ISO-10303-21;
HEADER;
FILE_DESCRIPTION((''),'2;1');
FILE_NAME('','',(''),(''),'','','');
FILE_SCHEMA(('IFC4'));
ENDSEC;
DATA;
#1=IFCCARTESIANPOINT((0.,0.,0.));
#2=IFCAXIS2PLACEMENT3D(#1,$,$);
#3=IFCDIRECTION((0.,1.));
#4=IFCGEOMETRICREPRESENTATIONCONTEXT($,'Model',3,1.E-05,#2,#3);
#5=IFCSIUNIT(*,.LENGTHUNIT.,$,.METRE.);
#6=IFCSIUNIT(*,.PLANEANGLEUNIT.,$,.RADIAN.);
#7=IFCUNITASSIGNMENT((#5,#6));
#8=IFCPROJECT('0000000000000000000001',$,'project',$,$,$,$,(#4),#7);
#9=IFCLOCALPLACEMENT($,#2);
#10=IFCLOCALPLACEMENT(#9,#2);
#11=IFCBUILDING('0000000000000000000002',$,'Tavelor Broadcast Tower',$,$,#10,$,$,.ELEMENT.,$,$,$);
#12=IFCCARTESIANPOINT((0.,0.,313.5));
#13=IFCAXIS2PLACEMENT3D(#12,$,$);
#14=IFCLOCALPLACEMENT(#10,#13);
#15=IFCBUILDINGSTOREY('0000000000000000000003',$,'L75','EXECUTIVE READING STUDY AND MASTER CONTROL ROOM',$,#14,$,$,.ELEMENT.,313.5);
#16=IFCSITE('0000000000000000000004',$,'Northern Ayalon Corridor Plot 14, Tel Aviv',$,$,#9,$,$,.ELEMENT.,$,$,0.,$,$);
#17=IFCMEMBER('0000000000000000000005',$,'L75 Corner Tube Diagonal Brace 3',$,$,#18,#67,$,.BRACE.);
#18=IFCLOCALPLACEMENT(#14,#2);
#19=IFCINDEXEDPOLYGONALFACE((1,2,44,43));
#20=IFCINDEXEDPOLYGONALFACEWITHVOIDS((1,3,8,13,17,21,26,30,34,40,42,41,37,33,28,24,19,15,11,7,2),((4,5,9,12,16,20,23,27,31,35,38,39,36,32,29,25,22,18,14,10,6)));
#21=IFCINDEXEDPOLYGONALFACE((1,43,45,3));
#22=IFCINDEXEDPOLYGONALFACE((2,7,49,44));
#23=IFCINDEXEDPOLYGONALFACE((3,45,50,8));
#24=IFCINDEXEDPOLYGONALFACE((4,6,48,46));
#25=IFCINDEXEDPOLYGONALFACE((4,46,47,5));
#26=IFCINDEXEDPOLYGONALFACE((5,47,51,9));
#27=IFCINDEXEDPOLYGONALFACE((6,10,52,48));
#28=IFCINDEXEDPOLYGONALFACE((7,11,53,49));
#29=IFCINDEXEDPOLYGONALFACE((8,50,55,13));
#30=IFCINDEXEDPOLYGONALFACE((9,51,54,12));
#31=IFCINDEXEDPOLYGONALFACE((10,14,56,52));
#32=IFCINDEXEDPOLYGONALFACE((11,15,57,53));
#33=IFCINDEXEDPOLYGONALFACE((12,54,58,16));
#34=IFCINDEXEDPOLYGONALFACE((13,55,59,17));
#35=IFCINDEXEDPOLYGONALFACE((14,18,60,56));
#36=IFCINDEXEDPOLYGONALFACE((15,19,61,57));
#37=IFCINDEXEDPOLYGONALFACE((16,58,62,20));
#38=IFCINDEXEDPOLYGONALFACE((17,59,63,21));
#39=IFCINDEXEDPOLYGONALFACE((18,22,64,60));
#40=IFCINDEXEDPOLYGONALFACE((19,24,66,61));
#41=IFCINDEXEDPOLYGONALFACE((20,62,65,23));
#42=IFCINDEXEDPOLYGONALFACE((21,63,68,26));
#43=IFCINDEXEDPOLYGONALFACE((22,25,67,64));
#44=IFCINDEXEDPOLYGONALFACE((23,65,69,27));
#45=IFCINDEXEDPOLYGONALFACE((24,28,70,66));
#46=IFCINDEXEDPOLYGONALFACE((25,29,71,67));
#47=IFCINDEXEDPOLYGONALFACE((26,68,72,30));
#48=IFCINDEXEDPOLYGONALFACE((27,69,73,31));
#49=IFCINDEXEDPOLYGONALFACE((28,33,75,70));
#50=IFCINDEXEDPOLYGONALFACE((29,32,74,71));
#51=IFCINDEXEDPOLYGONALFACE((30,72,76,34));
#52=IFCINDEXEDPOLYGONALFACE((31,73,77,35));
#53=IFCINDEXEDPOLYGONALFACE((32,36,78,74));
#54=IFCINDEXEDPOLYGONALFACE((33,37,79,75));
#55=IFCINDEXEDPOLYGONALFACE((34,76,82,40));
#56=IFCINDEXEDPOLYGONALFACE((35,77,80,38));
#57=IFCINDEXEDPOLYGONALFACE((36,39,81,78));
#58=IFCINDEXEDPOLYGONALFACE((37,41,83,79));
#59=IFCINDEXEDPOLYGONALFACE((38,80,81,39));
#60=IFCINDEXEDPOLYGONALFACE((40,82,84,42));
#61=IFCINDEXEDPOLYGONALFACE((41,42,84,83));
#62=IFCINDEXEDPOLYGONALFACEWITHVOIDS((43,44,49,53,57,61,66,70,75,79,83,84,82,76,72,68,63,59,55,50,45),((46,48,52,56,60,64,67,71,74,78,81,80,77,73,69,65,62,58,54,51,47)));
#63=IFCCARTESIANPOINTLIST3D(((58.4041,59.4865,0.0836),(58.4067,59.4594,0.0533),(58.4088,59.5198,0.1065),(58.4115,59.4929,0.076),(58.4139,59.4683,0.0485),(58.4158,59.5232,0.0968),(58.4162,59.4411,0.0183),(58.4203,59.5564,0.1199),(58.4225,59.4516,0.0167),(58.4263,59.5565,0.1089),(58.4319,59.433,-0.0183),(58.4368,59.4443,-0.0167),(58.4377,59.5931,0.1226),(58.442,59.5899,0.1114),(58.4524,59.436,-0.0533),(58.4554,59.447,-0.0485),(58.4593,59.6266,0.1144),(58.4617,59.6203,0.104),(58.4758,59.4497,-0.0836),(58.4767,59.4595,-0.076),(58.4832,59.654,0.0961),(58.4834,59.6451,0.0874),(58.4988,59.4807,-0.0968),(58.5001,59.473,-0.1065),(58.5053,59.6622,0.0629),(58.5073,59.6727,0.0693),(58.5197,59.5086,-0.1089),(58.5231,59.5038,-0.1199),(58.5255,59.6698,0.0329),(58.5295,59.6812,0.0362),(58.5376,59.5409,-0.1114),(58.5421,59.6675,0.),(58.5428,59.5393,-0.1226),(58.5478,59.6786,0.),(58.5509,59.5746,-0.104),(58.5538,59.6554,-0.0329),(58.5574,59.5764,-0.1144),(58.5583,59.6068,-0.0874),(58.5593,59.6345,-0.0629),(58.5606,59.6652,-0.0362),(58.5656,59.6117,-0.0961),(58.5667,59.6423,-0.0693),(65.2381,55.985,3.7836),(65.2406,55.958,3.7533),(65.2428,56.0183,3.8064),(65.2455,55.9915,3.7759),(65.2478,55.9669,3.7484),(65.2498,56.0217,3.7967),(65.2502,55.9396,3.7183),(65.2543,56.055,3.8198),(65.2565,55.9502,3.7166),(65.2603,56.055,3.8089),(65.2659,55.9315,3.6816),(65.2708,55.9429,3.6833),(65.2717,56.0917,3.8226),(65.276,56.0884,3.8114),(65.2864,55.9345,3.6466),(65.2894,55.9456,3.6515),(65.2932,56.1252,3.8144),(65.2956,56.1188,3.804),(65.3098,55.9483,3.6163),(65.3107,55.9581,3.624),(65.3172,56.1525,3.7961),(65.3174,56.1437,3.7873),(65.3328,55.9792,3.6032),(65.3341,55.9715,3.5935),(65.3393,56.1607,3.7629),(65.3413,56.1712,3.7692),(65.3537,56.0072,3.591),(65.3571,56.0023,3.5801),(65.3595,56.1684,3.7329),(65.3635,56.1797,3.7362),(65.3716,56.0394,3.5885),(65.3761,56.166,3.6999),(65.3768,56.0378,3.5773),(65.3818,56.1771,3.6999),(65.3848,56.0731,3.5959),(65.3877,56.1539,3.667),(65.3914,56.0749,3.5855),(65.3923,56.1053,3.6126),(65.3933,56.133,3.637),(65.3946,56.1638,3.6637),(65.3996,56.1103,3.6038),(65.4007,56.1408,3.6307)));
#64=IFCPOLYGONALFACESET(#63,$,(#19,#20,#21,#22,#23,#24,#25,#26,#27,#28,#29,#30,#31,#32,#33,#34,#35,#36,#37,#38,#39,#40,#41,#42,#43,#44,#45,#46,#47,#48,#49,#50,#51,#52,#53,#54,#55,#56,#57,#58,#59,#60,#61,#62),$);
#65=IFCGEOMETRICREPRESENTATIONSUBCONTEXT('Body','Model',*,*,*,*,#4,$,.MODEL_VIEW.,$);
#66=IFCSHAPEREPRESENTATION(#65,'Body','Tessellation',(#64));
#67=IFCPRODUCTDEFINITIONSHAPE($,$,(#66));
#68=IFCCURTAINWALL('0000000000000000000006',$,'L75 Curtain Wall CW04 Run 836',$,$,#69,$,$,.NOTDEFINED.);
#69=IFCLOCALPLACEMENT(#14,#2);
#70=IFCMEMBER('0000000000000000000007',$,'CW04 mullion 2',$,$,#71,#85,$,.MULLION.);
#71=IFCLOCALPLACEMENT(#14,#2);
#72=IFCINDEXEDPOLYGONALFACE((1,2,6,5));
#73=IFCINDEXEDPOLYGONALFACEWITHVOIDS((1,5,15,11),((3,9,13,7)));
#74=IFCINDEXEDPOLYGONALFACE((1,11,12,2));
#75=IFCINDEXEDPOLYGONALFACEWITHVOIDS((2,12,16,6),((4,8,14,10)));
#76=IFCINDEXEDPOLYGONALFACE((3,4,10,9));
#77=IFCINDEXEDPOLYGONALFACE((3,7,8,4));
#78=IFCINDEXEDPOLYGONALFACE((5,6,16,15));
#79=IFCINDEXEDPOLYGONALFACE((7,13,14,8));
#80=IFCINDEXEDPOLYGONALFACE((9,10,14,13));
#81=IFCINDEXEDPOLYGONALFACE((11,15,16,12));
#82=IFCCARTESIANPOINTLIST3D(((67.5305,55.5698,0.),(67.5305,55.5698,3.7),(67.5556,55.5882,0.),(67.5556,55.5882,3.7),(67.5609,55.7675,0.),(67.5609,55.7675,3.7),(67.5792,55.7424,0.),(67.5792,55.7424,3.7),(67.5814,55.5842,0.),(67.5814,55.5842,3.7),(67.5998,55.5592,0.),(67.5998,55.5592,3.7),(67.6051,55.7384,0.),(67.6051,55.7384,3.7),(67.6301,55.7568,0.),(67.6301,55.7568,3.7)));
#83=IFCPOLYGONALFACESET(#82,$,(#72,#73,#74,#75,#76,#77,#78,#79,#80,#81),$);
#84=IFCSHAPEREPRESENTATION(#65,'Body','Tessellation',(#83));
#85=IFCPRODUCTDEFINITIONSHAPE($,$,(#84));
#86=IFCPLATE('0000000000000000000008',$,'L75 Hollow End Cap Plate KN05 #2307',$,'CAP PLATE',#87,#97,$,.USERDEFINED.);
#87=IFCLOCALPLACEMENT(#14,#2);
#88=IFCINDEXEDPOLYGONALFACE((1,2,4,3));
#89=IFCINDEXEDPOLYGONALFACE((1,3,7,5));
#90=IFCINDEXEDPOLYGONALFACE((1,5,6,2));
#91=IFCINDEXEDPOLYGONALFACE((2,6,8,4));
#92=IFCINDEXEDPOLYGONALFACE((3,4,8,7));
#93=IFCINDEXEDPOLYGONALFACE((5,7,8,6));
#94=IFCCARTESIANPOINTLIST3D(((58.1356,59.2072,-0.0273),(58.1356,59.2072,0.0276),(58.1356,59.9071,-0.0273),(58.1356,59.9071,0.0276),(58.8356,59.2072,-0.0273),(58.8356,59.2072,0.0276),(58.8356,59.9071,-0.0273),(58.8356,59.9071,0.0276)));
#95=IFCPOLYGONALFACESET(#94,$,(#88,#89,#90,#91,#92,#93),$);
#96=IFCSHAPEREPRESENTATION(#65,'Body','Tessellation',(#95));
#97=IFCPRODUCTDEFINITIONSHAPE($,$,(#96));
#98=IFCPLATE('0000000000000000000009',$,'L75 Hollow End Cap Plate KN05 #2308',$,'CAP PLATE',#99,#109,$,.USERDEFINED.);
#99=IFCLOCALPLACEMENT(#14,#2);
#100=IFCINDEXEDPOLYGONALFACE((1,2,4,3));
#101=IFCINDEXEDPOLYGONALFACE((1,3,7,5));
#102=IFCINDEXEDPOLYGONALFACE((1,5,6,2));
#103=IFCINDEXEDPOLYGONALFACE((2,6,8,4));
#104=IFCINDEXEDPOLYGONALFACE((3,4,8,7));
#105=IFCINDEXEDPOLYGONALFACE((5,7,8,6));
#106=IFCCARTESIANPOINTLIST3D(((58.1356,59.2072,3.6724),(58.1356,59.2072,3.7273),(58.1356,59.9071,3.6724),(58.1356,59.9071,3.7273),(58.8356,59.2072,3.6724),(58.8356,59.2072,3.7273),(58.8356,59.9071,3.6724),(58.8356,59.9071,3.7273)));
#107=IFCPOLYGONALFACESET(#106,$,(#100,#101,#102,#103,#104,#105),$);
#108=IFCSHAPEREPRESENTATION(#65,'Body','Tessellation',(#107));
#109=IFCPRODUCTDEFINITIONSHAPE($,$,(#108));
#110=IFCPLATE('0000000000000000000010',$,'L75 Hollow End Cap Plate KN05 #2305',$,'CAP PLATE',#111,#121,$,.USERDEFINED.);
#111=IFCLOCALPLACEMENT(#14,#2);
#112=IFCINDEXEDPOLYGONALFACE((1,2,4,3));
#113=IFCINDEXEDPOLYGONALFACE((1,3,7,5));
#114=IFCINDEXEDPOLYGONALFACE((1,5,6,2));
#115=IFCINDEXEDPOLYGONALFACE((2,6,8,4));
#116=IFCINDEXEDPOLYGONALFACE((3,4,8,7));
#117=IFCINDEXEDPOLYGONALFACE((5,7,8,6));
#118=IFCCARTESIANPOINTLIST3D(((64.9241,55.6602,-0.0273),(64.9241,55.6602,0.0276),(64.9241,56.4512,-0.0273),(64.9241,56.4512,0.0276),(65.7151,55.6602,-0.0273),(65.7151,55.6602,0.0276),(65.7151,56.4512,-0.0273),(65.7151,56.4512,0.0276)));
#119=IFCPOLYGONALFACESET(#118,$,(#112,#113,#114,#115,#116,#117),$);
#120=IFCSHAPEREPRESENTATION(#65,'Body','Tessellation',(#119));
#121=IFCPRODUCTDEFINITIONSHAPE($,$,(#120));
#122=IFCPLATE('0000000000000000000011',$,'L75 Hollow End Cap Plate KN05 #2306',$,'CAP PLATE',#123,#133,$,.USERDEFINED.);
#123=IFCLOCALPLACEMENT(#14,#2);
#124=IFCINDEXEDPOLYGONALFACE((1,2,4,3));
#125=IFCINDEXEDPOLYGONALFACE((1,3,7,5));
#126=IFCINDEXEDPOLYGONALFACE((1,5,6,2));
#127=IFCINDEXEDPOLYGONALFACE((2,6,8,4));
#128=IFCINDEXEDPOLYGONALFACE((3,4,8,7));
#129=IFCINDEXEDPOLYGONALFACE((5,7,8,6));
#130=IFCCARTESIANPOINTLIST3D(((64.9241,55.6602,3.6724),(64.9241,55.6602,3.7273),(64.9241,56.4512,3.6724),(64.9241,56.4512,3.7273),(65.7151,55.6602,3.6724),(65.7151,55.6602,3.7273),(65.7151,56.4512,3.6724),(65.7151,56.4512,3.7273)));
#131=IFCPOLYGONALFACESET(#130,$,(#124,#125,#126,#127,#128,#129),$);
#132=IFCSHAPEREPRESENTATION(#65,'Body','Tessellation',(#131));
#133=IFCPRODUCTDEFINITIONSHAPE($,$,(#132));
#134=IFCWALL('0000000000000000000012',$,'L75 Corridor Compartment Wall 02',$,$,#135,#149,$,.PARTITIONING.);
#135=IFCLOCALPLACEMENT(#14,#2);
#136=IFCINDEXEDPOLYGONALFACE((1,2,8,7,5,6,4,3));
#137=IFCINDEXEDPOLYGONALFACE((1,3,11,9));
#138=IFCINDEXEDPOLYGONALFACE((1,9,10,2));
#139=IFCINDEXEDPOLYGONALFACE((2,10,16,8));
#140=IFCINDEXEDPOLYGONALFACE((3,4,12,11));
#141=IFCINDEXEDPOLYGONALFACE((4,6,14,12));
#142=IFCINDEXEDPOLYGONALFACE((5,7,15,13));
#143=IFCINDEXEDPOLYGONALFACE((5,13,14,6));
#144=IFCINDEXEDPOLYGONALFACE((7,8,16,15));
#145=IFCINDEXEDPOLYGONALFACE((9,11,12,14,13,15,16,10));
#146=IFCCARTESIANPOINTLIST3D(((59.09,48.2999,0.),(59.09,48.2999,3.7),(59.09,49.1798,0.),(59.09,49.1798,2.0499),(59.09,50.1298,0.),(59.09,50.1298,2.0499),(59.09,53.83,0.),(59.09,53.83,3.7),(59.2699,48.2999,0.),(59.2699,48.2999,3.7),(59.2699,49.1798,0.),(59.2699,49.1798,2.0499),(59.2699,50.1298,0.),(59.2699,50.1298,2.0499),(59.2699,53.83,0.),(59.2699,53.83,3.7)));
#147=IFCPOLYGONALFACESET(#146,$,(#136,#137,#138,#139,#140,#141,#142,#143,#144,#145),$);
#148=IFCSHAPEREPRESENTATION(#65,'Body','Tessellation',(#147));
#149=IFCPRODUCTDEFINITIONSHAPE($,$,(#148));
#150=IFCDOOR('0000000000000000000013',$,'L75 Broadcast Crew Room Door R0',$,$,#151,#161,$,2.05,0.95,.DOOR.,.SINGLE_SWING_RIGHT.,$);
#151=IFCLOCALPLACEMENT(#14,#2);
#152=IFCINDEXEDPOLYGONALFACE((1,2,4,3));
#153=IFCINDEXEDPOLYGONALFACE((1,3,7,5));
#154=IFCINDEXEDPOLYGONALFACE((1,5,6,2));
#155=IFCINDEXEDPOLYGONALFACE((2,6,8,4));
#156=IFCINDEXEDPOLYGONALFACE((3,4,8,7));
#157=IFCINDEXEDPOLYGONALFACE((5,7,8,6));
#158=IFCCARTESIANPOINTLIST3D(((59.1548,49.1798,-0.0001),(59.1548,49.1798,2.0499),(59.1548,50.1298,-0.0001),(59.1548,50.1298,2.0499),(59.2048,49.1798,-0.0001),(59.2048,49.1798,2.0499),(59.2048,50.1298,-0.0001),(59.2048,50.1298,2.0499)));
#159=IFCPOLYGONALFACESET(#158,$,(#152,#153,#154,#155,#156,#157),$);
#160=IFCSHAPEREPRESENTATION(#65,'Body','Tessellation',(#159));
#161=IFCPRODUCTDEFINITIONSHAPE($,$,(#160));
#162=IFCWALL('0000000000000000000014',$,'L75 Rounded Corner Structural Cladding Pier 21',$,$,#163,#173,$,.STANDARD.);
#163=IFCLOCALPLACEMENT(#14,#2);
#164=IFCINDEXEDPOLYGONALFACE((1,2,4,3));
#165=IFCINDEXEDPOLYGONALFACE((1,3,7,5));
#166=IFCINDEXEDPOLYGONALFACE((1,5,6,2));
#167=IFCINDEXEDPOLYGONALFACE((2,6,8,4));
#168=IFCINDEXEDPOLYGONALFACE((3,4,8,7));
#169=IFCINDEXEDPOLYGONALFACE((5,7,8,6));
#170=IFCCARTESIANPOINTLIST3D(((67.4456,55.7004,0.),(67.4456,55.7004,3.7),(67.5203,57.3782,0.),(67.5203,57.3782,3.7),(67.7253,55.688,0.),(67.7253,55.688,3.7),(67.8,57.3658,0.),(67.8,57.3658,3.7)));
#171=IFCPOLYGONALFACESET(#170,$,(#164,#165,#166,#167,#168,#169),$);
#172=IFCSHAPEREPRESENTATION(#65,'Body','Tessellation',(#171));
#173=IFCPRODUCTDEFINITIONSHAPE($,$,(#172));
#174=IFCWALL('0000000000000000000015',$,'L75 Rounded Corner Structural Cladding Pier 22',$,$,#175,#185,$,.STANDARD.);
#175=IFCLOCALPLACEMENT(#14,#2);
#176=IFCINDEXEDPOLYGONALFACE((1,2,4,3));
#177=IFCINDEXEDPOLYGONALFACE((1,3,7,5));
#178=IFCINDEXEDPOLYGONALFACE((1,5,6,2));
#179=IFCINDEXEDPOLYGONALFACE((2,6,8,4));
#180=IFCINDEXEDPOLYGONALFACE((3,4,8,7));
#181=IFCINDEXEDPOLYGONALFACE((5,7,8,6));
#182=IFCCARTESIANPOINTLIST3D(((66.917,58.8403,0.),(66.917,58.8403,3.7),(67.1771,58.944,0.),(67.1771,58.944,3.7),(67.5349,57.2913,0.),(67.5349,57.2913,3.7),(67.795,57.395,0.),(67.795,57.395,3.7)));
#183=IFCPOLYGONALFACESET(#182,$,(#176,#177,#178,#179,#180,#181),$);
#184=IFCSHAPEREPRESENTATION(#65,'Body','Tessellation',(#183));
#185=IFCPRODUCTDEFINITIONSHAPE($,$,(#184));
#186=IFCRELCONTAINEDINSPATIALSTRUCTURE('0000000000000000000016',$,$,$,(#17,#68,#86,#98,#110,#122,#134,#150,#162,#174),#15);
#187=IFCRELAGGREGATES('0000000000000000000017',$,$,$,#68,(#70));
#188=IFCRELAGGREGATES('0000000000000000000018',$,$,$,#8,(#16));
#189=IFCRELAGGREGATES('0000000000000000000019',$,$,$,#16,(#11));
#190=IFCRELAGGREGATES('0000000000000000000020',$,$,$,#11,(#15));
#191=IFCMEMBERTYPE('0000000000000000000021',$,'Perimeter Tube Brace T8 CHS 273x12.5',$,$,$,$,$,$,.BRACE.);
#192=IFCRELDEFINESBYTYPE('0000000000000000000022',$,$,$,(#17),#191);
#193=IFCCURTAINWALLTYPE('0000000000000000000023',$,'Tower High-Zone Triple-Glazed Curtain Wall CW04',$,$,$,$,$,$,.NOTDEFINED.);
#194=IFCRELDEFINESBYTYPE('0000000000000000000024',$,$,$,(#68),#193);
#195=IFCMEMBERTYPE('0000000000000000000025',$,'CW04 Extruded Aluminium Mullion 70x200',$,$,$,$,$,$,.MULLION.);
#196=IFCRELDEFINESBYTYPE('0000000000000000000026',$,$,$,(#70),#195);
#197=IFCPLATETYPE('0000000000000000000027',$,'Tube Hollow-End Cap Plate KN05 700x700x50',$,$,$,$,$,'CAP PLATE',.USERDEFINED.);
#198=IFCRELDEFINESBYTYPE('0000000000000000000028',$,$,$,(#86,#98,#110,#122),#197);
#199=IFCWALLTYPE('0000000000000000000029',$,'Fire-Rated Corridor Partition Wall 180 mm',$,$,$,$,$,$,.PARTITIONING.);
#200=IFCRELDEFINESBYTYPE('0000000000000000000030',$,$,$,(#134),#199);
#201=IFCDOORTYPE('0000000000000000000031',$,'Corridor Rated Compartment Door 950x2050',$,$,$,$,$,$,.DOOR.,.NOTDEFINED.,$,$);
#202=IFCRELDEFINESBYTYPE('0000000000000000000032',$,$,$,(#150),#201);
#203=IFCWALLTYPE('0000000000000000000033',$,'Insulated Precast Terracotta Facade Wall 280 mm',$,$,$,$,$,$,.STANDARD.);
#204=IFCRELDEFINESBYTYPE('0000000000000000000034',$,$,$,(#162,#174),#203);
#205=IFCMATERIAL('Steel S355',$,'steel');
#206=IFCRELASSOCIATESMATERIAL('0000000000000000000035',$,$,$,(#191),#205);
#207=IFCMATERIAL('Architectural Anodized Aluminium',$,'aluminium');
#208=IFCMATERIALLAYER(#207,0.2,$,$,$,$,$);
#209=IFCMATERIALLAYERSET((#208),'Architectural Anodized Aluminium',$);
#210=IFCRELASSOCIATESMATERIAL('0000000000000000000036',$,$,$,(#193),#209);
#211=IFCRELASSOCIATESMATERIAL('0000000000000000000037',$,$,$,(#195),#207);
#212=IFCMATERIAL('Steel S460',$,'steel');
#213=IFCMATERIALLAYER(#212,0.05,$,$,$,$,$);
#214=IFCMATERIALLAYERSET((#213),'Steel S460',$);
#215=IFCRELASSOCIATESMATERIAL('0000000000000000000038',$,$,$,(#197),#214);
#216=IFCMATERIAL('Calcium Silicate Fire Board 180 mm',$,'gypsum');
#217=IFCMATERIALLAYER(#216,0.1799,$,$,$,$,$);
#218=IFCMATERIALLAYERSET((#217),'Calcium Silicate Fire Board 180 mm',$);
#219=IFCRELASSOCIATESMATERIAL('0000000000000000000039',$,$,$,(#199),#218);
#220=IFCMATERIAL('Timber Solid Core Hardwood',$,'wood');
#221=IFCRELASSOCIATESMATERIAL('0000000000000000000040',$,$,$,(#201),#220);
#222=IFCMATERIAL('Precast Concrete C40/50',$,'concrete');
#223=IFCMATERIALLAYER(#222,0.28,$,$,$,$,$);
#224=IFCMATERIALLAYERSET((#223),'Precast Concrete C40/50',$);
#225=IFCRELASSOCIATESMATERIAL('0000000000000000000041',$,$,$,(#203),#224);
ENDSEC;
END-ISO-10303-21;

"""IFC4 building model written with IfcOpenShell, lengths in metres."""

from ifc_helpers import new_model, si_unit, direction, frame, frame_2d, origin, origin_2d, place, context, subcontext, project, spatial, rectangle, hollow_rectangle, hollow_circle, extrude, source, transform, mapped, material, layer, layer_set, material_profile, profile_set, type_object, type_shapes, element, fill, aggregate, save


model = new_model("IFC4")

# Units and contexts
model_context = context("Model", 3, precision=1e-05, world=origin(), true_north=direction((0.0, 1.0)))
body_context = subcontext(model_context, "Body", "Model", "MODEL_VIEW")
ifc_project = project(units=[si_unit("LENGTHUNIT", "METRE"), si_unit("PLANEANGLEUNIT", "RADIAN")], contexts=[model_context])

# Site, building, storey
site_placement = place(None, origin())
site = spatial("IfcSite", under=ifc_project, at=site_placement, Name="Northern Ayalon Corridor Plot 14, Tel Aviv", CompositionType="ELEMENT", RefElevation=0.0)
building_placement = place(site_placement, origin())
building = spatial("IfcBuilding", under=site, at=building_placement, Name="Tavelor Broadcast Tower", CompositionType="ELEMENT")
storey_placement = place(building_placement, frame((0.0, 0.0, 313.5)))
storey = spatial("IfcBuildingStorey", under=building, at=storey_placement, Name="L75", Description="EXECUTIVE READING STUDY AND MASTER CONTROL ROOM", CompositionType="ELEMENT", Elevation=313.5)

# Shared definitions
ifc_material_1 = material(Name="Steel S460", Category="steel")

# Shared definitions
ifc_material_2 = material(Name="Steel S355", Category="steel")

# Member
ifc_material_profile_1 = material_profile(ifc_material_2, hollow_circle(Radius=0.1365, WallThickness=0.0125, at=origin_2d()), Name="CHS 273x12.5")
ifc_profile_set_1 = profile_set([ifc_material_profile_1], Name="Steel S355")
member_type_1 = type_object("IfcMemberType", Name="Perimeter Tube Brace T8 CHS 273x12.5", PredefinedType="BRACE", material=ifc_profile_set_1)
member_1_placement = place(storey_placement, frame((58.4856, 59.5571, 0.0), z_axis=(0.801764, -0.410792, 0.434079), x_axis=(0.455993, 0.889984, 0.0)))
element("IfcMember", 1, at=member_1_placement, inside=storey, type_object=member_type_1, Name="L75 Corner Tube Diagonal Brace 3", PredefinedType="BRACE", context=body_context, shape_type="SweptSolid", body=[
    extrude(hollow_circle(Radius=0.1365, WallThickness=0.0125, at=origin_2d()), origin(), (0.0, 0.0, 1.0), 8.5237),
])

# Curtain wall, member
ifc_material_3 = material(Name="Architectural Anodized Aluminium", Category="aluminium")
ifc_layer_1 = layer(ifc_material_3, 0.2)
ifc_layer_set_1 = layer_set([ifc_layer_1], Name="Architectural Anodized Aluminium")
curtain_wall_type = type_object("IfcCurtainWallType", Name="Tower High-Zone Triple-Glazed Curtain Wall CW04", PredefinedType="NOTDEFINED", material=ifc_layer_set_1)
curtain_wall_placement = place(storey_placement, origin())
curtain_wall = element("IfcCurtainWall", 2, at=curtain_wall_placement, inside=storey, type_object=curtain_wall_type, Name="L75 Curtain Wall CW04 Run 836", PredefinedType="NOTDEFINED")
ifc_material_profile_2 = material_profile(ifc_material_3, hollow_rectangle(XDim=0.0701, YDim=0.2, WallThickness=0.022, at=origin_2d()), Name="RHS 70x200x22")
ifc_profile_set_2 = profile_set([ifc_material_profile_2], Name="Architectural Anodized Aluminium")
member_type_2 = type_object("IfcMemberType", Name="CW04 Extruded Aluminium Mullion 70x200", PredefinedType="MULLION", material=ifc_profile_set_2)
shared_shape_1 = source(origin(), body_context, "Body", "SweptSolid", [
    extrude(hollow_rectangle(XDim=0.0701, YDim=0.2, WallThickness=0.022, at=origin_2d()), origin(), (0.0, 0.0, 1.0), 3.7),
])
type_shapes(member_type_2, [shared_shape_1])
member_2_placement = place(storey_placement, frame((67.5803, 55.6633, 0.0), z_axis=(0.0, 0.0, 1.0), x_axis=(-0.988431, 0.151674, 0.0)))
member_2 = element("IfcMember", 3, at=member_2_placement, type_object=member_type_2, Name="CW04 mullion 2", PredefinedType="MULLION", context=body_context, shape_type="MappedRepresentation", body=[
    mapped(shared_shape_1, transform((0.0, 0.0, 0.0), scale=1.0)),
])
aggregate(curtain_wall, [member_2])

# Plates
ifc_layer_2 = layer(ifc_material_1, 0.05)
ifc_layer_set_2 = layer_set([ifc_layer_2], Name="Steel S460")
plate_type = type_object("IfcPlateType", Name="Tube Hollow-End Cap Plate KN05 700x700x50", ElementType="CAP PLATE", PredefinedType="USERDEFINED", material=ifc_layer_set_2)
shared_shape_2 = source(origin(), body_context, "Body", "SweptSolid", [
    extrude(rectangle(XDim=0.7, YDim=0.7, at=origin_2d()), origin(), (0.0, 0.0, 1.0), 0.0549),
])
for number, where, z_axis, x_axis, name in (
    (4, (58.4856, 59.5571, -0.0273), (0.0, 0.0, 1.0), (1.0, 0.0, 0.0), "L75 Hollow End Cap Plate KN05 #2307"),
    (5, (58.4856, 59.5571, 3.6724), (0.0, 0.0, 1.0), (1.0, 0.0, 0.0), "L75 Hollow End Cap Plate KN05 #2308"),
):
    element("IfcPlate", number, at=place(storey_placement, frame(where, z_axis=z_axis, x_axis=x_axis)), inside=storey, type_object=plate_type, Name=name, ObjectType="CAP PLATE", PredefinedType="USERDEFINED", context=body_context, shape_type="MappedRepresentation", body=[
        mapped(shared_shape_2, transform((0.0, 0.0, 0.0), scale=1.0)),
    ])
shared_shape_3 = source(origin(), body_context, "Body", "SweptSolid", [
    extrude(rectangle(XDim=0.791, YDim=0.791, at=origin_2d()), origin(), (0.0, 0.0, 1.0), 0.0549),
])
type_shapes(plate_type, [shared_shape_2, shared_shape_3])
for number, where, z_axis, x_axis, name in (
    (6, (65.3196, 56.0557, -0.0273), (0.0, 0.0, 1.0), (1.0, 0.0, 0.0), "L75 Hollow End Cap Plate KN05 #2305"),
    (7, (65.3196, 56.0557, 3.6724), (0.0, 0.0, 1.0), (1.0, 0.0, 0.0), "L75 Hollow End Cap Plate KN05 #2306"),
):
    element("IfcPlate", number, at=place(storey_placement, frame(where, z_axis=z_axis, x_axis=x_axis)), inside=storey, type_object=plate_type, Name=name, ObjectType="CAP PLATE", PredefinedType="USERDEFINED", context=body_context, shape_type="MappedRepresentation", body=[
        mapped(shared_shape_3, transform((0.0, 0.0, 0.0), scale=1.0)),
    ])

# Wall, opening, door
ifc_material_4 = material(Name="Calcium Silicate Fire Board 180 mm", Category="gypsum")
ifc_layer_3 = layer(ifc_material_4, 0.1799)
ifc_layer_set_3 = layer_set([ifc_layer_3], Name="Calcium Silicate Fire Board 180 mm")
wall_type_1 = type_object("IfcWallType", Name="Fire-Rated Corridor Partition Wall 180 mm", PredefinedType="PARTITIONING", material=ifc_layer_set_3)
wall_1_placement = place(storey_placement, frame((59.1799, 53.8301, 0.0), z_axis=(0.0, 0.0, 1.0), x_axis=(0.0, -1.0, 0.0)))
wall_1 = element("IfcWall", 8, at=wall_1_placement, inside=storey, type_object=wall_type_1, Name="L75 Corridor Compartment Wall 02", PredefinedType="PARTITIONING", context=body_context, shape_type="SweptSolid", body=[
    extrude(rectangle(XDim=5.53, YDim=0.1799, at=frame_2d((2.7651, 0.0))), origin(), (0.0, 0.0, 1.0), 3.7),
])
opening_placement = place(wall_1_placement, frame((3.7002, 0.0, 0.0)))
opening = element("IfcOpeningElement", 9, at=opening_placement, cuts=wall_1, PredefinedType="OPENING", context=body_context, shape_type="SweptSolid", body=[
    extrude(rectangle(XDim=0.95, YDim=2.05, at=frame_2d((0.4751, 1.0249))), frame((0.0, 0.1001, 0.0), z_axis=(0.0, -1.0, 0.0), x_axis=(1.0, 0.0, 0.0)), (0.0, 0.0, 1.0), 0.2),
])
ifc_material_5 = material(Name="Timber Solid Core Hardwood", Category="wood")
door_type = type_object("IfcDoorType", Name="Corridor Rated Compartment Door 950x2050", OperationType="NOTDEFINED", PredefinedType="DOOR", material=ifc_material_5)
door_placement = place(opening_placement, origin())
door = element("IfcDoor", 10, at=door_placement, inside=storey, type_object=door_type, Name="L75 Broadcast Crew Room Door R0", OperationType="SINGLE_SWING_RIGHT", OverallHeight=2.05, OverallWidth=0.95, PredefinedType="DOOR", context=body_context, shape_type="SweptSolid", body=[
    extrude(rectangle(XDim=0.95, YDim=2.05, at=frame_2d((0.4751, 1.0249))), frame((0.0, 0.0249, 0.0), z_axis=(0.0, -1.0, 0.0), x_axis=(1.0, 0.0, 0.0)), (0.0, 0.0, 1.0), 0.05),
])
fill(opening, door)

# Walls
ifc_material_6 = material(Name="Precast Concrete C40/50", Category="concrete")
ifc_layer_4 = layer(ifc_material_6, 0.28)
ifc_layer_set_4 = layer_set([ifc_layer_4], Name="Precast Concrete C40/50")
wall_type_2 = type_object("IfcWallType", Name="Insulated Precast Terracotta Facade Wall 280 mm", PredefinedType="STANDARD", material=ifc_layer_set_4)
wall_2_placement = place(storey_placement, frame((67.5854, 55.6941, 0.0), z_axis=(0.0, 0.0, 1.0), x_axis=(0.044484, 0.99901, 0.0)))
element("IfcWall", 11, at=wall_2_placement, inside=storey, type_object=wall_type_2, Name="L75 Rounded Corner Structural Cladding Pier 21", PredefinedType="STANDARD", context=body_context, shape_type="SweptSolid", body=[
    extrude(rectangle(XDim=1.6794, YDim=0.28, at=frame_2d((0.8398, 0.0))), origin(), (0.0, 0.0, 1.0), 3.7),
])
wall_3_placement = place(storey_placement, frame((67.665, 57.343, 0.0), z_axis=(0.0, 0.0, 1.0), x_axis=(-0.370507, 0.92883, 0.0)))
element("IfcWall", 12, at=wall_3_placement, inside=storey, type_object=wall_type_2, Name="L75 Rounded Corner Structural Cladding Pier 22", PredefinedType="STANDARD", context=body_context, shape_type="SweptSolid", body=[
    extrude(rectangle(XDim=1.6677, YDim=0.28, at=frame_2d((0.834, 0.0))), origin(), (0.0, 0.0, 1.0), 3.7),
])

save(model, "model.ifc")
